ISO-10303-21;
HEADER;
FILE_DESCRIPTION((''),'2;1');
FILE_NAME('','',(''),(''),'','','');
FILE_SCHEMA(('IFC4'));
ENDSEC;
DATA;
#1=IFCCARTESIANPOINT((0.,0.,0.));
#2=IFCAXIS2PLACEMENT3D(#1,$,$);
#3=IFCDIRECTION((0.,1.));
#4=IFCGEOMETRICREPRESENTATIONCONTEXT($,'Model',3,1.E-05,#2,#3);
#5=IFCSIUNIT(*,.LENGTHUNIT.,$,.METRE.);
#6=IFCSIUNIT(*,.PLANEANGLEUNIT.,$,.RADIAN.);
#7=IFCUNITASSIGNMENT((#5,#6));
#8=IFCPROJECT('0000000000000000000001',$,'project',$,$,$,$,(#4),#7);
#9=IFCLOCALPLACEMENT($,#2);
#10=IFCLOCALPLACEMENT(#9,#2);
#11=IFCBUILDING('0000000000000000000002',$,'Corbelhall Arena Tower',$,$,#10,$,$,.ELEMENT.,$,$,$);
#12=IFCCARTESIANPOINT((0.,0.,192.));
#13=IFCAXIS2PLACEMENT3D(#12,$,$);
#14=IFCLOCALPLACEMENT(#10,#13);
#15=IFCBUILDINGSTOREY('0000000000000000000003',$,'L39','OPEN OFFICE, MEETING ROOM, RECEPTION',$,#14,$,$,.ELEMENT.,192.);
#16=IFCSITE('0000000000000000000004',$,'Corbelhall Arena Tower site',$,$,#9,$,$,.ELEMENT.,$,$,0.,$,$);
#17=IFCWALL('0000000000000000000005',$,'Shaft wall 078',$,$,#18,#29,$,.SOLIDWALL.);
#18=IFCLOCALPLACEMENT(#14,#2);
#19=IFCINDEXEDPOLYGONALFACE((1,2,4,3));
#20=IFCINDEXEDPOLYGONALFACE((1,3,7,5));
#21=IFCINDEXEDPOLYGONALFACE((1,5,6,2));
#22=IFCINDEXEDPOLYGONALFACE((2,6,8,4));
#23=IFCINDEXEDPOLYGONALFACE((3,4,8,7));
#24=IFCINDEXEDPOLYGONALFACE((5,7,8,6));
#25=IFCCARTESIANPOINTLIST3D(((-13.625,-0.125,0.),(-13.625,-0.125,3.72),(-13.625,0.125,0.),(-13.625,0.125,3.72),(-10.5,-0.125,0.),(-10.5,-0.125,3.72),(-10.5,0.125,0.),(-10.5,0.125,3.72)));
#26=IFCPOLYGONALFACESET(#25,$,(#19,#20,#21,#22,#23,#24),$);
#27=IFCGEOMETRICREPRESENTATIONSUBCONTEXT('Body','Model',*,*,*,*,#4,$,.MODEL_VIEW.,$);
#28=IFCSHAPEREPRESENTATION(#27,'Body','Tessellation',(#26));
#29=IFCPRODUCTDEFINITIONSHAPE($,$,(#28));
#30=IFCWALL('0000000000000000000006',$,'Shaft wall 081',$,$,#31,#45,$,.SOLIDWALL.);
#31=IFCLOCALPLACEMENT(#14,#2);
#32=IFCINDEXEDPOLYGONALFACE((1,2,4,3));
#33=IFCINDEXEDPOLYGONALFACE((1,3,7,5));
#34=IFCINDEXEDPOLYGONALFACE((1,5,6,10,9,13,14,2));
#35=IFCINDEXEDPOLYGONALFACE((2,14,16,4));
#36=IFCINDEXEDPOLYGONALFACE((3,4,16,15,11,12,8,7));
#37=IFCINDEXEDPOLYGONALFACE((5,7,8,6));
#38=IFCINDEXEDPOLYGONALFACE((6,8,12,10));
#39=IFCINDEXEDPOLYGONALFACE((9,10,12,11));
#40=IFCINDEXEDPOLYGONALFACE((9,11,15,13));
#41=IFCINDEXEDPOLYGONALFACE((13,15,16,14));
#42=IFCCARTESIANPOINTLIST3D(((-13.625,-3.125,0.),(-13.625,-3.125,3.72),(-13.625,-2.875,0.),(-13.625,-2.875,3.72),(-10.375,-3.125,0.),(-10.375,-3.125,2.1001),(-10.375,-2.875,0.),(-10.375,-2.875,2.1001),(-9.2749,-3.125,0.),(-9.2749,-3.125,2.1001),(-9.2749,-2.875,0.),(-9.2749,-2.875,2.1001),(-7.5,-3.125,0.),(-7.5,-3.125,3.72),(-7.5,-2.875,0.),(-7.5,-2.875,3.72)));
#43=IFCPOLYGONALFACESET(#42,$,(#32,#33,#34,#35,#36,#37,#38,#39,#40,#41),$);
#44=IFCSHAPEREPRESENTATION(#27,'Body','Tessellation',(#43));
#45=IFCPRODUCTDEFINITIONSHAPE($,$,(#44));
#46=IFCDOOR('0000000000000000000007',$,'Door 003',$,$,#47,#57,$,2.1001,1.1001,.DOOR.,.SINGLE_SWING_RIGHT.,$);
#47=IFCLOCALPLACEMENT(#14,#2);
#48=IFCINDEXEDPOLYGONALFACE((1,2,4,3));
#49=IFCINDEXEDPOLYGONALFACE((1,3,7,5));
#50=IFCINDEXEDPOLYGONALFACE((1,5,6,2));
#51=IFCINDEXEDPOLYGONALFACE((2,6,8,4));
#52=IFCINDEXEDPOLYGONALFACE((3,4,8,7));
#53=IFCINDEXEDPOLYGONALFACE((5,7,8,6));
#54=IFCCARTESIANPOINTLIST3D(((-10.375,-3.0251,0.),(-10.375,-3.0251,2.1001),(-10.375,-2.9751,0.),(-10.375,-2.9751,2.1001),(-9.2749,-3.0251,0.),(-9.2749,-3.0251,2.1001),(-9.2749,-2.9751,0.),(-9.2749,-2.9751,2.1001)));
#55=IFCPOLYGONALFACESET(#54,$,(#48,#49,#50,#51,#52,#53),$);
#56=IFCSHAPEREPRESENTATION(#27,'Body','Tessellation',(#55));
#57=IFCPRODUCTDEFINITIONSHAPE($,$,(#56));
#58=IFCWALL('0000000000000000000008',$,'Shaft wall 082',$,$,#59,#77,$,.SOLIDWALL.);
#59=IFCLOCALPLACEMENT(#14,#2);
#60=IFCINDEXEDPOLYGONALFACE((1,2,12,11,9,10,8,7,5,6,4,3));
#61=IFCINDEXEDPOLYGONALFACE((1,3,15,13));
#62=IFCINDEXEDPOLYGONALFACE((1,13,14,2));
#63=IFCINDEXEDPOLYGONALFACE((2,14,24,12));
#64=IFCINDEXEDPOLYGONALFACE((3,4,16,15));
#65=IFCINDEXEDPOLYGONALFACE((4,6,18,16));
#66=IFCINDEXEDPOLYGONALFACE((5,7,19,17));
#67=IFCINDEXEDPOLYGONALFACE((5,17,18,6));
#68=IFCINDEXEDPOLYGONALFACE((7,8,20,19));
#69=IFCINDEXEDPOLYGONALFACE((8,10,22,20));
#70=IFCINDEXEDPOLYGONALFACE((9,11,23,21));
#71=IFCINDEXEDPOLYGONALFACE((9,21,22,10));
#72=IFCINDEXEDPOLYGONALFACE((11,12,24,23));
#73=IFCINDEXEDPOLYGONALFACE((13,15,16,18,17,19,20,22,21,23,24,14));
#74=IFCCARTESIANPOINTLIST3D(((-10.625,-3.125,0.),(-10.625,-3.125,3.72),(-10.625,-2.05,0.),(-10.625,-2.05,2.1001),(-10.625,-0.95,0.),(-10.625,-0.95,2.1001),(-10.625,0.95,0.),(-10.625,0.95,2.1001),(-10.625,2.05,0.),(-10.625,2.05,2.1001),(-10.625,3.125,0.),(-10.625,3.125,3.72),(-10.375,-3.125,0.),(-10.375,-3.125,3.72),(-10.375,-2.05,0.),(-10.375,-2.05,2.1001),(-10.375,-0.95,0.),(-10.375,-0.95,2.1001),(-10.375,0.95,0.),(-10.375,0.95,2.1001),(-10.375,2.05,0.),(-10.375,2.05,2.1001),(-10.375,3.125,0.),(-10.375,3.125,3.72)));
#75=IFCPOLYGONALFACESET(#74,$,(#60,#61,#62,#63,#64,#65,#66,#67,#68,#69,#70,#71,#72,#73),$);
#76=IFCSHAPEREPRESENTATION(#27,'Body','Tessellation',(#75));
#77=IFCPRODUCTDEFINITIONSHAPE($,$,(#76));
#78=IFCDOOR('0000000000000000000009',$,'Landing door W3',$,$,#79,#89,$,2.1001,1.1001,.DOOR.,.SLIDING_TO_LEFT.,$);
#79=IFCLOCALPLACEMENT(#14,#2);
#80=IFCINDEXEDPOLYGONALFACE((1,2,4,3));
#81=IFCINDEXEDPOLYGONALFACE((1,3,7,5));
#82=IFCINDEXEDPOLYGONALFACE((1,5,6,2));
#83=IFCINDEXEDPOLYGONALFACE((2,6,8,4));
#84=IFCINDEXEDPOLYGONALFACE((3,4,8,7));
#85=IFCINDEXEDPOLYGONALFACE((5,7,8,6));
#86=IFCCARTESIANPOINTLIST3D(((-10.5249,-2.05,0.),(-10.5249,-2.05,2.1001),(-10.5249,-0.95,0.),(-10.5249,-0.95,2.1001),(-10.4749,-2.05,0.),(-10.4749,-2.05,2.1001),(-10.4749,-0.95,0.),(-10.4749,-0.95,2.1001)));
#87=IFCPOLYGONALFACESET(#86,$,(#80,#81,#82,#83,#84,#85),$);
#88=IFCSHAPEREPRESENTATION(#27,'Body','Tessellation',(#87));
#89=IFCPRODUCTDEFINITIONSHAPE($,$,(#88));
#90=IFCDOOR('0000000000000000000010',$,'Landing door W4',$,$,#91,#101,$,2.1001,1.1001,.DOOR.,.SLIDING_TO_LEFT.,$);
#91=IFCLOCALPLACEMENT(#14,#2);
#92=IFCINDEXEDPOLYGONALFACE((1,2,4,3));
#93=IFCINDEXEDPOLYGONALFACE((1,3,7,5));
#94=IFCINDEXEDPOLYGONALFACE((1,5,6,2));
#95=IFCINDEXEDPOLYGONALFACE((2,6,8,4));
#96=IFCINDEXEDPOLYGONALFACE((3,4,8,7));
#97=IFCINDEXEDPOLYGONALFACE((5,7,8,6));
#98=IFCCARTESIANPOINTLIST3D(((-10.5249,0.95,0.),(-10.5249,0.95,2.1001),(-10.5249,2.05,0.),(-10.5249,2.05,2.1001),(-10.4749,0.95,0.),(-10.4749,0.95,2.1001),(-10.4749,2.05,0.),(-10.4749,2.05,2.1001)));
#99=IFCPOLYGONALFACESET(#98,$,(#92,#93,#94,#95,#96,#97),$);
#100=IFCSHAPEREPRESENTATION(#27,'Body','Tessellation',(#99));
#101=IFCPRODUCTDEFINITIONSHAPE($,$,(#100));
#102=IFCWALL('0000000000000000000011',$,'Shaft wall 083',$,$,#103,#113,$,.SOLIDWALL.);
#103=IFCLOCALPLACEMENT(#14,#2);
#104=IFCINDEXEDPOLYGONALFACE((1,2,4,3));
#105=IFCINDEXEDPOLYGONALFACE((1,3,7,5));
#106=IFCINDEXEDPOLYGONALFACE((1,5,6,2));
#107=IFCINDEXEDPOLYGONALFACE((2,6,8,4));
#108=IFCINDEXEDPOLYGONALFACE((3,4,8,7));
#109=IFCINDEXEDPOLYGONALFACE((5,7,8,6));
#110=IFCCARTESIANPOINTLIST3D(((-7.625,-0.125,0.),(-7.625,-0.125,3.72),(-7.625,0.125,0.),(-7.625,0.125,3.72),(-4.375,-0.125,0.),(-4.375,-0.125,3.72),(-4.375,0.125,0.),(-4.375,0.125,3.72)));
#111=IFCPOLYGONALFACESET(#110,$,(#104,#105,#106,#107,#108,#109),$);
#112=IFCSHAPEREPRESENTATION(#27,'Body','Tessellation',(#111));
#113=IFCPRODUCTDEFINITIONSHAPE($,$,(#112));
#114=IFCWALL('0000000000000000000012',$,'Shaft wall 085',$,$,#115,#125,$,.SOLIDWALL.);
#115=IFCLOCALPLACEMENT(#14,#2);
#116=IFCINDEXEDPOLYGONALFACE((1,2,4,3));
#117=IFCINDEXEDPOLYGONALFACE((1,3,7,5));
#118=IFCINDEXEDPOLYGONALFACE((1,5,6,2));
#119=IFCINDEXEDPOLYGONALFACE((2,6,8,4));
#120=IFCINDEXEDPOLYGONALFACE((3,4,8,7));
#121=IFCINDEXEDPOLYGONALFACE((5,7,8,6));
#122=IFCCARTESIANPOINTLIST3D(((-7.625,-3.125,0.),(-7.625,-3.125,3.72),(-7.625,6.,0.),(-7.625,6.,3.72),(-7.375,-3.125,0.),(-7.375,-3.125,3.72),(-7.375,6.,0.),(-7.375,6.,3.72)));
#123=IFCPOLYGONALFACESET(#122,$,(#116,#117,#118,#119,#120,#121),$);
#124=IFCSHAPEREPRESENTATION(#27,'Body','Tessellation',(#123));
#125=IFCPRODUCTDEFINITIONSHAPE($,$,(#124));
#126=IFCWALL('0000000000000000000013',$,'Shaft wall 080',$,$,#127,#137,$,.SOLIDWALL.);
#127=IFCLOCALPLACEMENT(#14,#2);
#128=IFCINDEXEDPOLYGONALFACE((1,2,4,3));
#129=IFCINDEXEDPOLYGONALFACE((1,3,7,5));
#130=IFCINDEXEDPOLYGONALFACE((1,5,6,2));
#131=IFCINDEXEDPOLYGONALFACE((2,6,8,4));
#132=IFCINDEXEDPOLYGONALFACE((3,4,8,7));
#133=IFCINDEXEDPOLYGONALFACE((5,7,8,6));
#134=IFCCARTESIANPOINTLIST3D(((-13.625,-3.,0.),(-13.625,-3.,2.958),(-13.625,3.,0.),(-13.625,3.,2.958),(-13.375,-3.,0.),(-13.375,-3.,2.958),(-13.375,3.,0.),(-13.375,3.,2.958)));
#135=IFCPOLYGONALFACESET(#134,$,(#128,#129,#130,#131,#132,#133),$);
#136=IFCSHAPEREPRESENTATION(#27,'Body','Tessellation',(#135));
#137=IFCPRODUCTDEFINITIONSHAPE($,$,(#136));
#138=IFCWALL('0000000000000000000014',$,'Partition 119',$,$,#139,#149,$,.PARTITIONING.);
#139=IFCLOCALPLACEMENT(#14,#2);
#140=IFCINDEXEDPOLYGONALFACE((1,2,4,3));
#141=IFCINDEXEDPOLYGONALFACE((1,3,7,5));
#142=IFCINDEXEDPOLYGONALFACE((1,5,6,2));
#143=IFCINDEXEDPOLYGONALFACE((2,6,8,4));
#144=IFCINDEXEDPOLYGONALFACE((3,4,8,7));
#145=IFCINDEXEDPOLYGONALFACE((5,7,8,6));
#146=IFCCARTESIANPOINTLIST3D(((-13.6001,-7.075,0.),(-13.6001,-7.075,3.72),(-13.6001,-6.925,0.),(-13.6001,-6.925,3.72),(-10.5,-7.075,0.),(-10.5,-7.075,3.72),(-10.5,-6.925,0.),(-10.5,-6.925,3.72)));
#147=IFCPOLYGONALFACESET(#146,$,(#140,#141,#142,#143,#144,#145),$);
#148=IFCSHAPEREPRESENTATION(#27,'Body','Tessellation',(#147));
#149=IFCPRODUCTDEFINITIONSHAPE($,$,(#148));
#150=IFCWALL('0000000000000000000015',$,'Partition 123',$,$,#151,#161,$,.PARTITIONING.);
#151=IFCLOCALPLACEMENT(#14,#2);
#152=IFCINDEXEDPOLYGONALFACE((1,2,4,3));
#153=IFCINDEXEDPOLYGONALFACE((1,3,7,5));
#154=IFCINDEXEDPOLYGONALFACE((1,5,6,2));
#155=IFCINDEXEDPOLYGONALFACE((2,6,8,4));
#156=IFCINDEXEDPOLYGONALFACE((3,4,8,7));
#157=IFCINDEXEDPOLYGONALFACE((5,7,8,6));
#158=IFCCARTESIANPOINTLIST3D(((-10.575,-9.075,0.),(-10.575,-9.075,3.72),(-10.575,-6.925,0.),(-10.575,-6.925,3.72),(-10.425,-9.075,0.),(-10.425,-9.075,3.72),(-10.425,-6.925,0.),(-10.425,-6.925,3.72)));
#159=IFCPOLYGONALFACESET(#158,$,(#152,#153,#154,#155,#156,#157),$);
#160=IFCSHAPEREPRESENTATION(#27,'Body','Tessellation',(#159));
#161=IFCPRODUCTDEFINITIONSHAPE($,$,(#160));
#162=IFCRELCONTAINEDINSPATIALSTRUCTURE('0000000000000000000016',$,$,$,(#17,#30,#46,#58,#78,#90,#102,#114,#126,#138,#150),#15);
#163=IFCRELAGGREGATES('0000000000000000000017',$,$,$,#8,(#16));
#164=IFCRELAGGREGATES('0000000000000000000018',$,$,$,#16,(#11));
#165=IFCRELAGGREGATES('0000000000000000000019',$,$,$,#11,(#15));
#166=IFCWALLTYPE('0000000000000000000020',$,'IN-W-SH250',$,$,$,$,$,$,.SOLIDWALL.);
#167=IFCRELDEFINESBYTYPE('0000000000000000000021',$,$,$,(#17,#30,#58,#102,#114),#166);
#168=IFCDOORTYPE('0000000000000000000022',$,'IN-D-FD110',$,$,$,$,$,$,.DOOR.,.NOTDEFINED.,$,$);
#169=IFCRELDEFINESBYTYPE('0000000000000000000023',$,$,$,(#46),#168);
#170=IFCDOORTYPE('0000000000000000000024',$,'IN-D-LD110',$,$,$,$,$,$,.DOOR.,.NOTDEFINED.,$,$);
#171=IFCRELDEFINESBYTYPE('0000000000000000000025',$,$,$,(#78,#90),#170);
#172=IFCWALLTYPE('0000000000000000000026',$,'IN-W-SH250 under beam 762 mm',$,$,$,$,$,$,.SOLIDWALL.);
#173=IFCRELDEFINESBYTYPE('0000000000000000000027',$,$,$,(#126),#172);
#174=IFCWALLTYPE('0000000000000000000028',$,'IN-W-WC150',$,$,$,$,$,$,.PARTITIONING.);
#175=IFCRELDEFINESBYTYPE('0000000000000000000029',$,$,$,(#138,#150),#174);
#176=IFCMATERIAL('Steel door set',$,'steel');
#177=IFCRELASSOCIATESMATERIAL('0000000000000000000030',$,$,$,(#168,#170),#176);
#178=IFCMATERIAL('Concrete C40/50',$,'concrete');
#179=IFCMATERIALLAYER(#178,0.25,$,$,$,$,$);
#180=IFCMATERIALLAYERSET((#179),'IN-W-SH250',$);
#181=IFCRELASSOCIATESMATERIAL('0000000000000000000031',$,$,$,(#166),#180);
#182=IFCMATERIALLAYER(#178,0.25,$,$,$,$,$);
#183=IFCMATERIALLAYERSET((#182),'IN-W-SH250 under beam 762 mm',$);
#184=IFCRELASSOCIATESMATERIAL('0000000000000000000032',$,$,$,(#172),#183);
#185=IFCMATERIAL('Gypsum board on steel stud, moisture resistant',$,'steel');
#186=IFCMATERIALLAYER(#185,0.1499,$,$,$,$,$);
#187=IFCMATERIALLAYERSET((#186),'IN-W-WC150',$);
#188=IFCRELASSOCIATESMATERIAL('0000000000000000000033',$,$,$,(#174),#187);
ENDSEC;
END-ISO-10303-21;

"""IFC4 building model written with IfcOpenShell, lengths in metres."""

from ifc_helpers import new_model, si_unit, direction, frame, frame_2d, origin, place, context, subcontext, project, spatial, rectangle, extrude, material, layer, layer_set, type_object, element, fill, save


model = new_model("IFC4")

# Units and contexts
model_context = context("Model", 3, precision=1e-05, world=origin(), true_north=direction((0.0, 1.0)))
body_context = subcontext(model_context, "Body", "Model", "MODEL_VIEW")
ifc_project = project(units=[si_unit("LENGTHUNIT", "METRE"), si_unit("PLANEANGLEUNIT", "RADIAN")], contexts=[model_context])

# Site, building, storey
site_placement = place(None, origin())
site = spatial("IfcSite", under=ifc_project, at=site_placement, Name="Corbelhall Arena Tower site", CompositionType="ELEMENT", RefElevation=0.0)
building_placement = place(site_placement, origin())
building = spatial("IfcBuilding", under=site, at=building_placement, Name="Corbelhall Arena Tower", CompositionType="ELEMENT")
storey_placement = place(building_placement, frame((0.0, 0.0, 192.0)))
storey = spatial("IfcBuildingStorey", under=building, at=storey_placement, Name="L39", Description="OPEN OFFICE, MEETING ROOM, RECEPTION", CompositionType="ELEMENT", Elevation=192.0)

# Shared definitions
ifc_material_1 = material(Name="Steel door set", Category="steel")
door_type_1 = type_object("IfcDoorType", Name="IN-D-FD110", OperationType="NOTDEFINED", PredefinedType="DOOR", material=ifc_material_1)

# Wall
ifc_material_2 = material(Name="Concrete C40/50", Category="concrete")
ifc_layer_1 = layer(ifc_material_2, 0.25)
ifc_layer_set_1 = layer_set([ifc_layer_1], Name="IN-W-SH250")
wall_type_1 = type_object("IfcWallType", Name="IN-W-SH250", PredefinedType="SOLIDWALL", material=ifc_layer_set_1)
wall_1_placement = place(storey_placement, frame((-13.625, 0.0, 0.0), z_axis=(0.0, 0.0, 1.0), x_axis=(1.0, 0.0, 0.0)))
element("IfcWall", 1, at=wall_1_placement, inside=storey, type_object=wall_type_1, Name="Shaft wall 078", PredefinedType="SOLIDWALL", context=body_context, shape_type="SweptSolid", body=[
    extrude(rectangle(XDim=3.125, YDim=0.25, at=frame_2d((1.5625, 0.0))), origin(), (0.0, 0.0, 1.0), 3.72),
])

# Wall, opening, door
wall_2_placement = place(storey_placement, frame((-13.625, -3.0, 0.0), z_axis=(0.0, 0.0, 1.0), x_axis=(1.0, 0.0, 0.0)))
wall_2 = element("IfcWall", 2, at=wall_2_placement, inside=storey, type_object=wall_type_1, Name="Shaft wall 081", PredefinedType="SOLIDWALL", context=body_context, shape_type="SweptSolid", body=[
    extrude(rectangle(XDim=6.125, YDim=0.25, at=frame_2d((3.0625, 0.0))), origin(), (0.0, 0.0, 1.0), 3.72),
])
opening_1_placement = place(wall_2_placement, frame((3.25, 0.0, 0.0)))
opening_1 = element("IfcOpeningElement", 3, at=opening_1_placement, cuts=wall_2, PredefinedType="OPENING", context=body_context, shape_type="SweptSolid", body=[
    extrude(rectangle(XDim=1.1001, YDim=2.1001, at=frame_2d((0.55, 1.05))), frame((0.0, 0.125, 0.0), z_axis=(0.0, -1.0, 0.0), x_axis=(1.0, 0.0, 0.0)), (0.0, 0.0, 1.0), 0.25),
])
door_1_placement = place(opening_1_placement, origin())
door_1 = element("IfcDoor", 4, at=door_1_placement, inside=storey, type_object=door_type_1, Name="Door 003", OperationType="SINGLE_SWING_RIGHT", OverallHeight=2.1001, OverallWidth=1.1001, PredefinedType="DOOR", context=body_context, shape_type="SweptSolid", body=[
    extrude(rectangle(XDim=1.1001, YDim=2.1001, at=frame_2d((0.55, 1.05))), frame((0.0, 0.0249, 0.0), z_axis=(0.0, -1.0, 0.0), x_axis=(1.0, 0.0, 0.0)), (0.0, 0.0, 1.0), 0.05),
])
fill(opening_1, door_1)

# Wall, openings, doors
wall_3_placement = place(storey_placement, frame((-10.5, -3.125, 0.0), z_axis=(0.0, 0.0, 1.0), x_axis=(0.0, 1.0, 0.0)))
wall_3 = element("IfcWall", 5, at=wall_3_placement, inside=storey, type_object=wall_type_1, Name="Shaft wall 082", PredefinedType="SOLIDWALL", context=body_context, shape_type="SweptSolid", body=[
    extrude(rectangle(XDim=6.25, YDim=0.25, at=frame_2d((3.125, 0.0))), origin(), (0.0, 0.0, 1.0), 3.72),
])
opening_2_placement = place(wall_3_placement, frame((1.075, 0.0, 0.0)))
opening_2 = element("IfcOpeningElement", 6, at=opening_2_placement, cuts=wall_3, PredefinedType="OPENING", context=body_context, shape_type="SweptSolid", body=[
    extrude(rectangle(XDim=1.1001, YDim=2.1001, at=frame_2d((0.55, 1.05))), frame((0.0, 0.125, 0.0), z_axis=(0.0, -1.0, 0.0), x_axis=(1.0, 0.0, 0.0)), (0.0, 0.0, 1.0), 0.25),
])
opening_3_placement = place(wall_3_placement, frame((4.075, 0.0, 0.0)))
opening_3 = element("IfcOpeningElement", 7, at=opening_3_placement, cuts=wall_3, PredefinedType="OPENING", context=body_context, shape_type="SweptSolid", body=[
    extrude(rectangle(XDim=1.1001, YDim=2.1001, at=frame_2d((0.55, 1.05))), frame((0.0, 0.125, 0.0), z_axis=(0.0, -1.0, 0.0), x_axis=(1.0, 0.0, 0.0)), (0.0, 0.0, 1.0), 0.25),
])
door_type_2 = type_object("IfcDoorType", Name="IN-D-LD110", OperationType="NOTDEFINED", PredefinedType="DOOR", material=ifc_material_1)
door_2_placement = place(opening_2_placement, origin())
door_2 = element("IfcDoor", 8, at=door_2_placement, inside=storey, type_object=door_type_2, Name="Landing door W3", OperationType="SLIDING_TO_LEFT", OverallHeight=2.1001, OverallWidth=1.1001, PredefinedType="DOOR", context=body_context, shape_type="SweptSolid", body=[
    extrude(rectangle(XDim=1.1001, YDim=2.1001, at=frame_2d((0.55, 1.05))), frame((0.0, 0.0249, 0.0), z_axis=(0.0, -1.0, 0.0), x_axis=(1.0, 0.0, 0.0)), (0.0, 0.0, 1.0), 0.05),
])
fill(opening_2, door_2)
door_3_placement = place(opening_3_placement, origin())
door_3 = element("IfcDoor", 9, at=door_3_placement, inside=storey, type_object=door_type_2, Name="Landing door W4", OperationType="SLIDING_TO_LEFT", OverallHeight=2.1001, OverallWidth=1.1001, PredefinedType="DOOR", context=body_context, shape_type="SweptSolid", body=[
    extrude(rectangle(XDim=1.1001, YDim=2.1001, at=frame_2d((0.55, 1.05))), frame((0.0, 0.0249, 0.0), z_axis=(0.0, -1.0, 0.0), x_axis=(1.0, 0.0, 0.0)), (0.0, 0.0, 1.0), 0.05),
])
fill(opening_3, door_3)

# Walls
wall_4_placement = place(storey_placement, frame((-7.625, 0.0, 0.0), z_axis=(0.0, 0.0, 1.0), x_axis=(1.0, 0.0, 0.0)))
element("IfcWall", 10, at=wall_4_placement, inside=storey, type_object=wall_type_1, Name="Shaft wall 083", PredefinedType="SOLIDWALL", context=body_context, shape_type="SweptSolid", body=[
    extrude(rectangle(XDim=3.25, YDim=0.25, at=frame_2d((1.625, 0.0))), origin(), (0.0, 0.0, 1.0), 3.72),
])
wall_5_placement = place(storey_placement, frame((-7.5, -3.125, 0.0), z_axis=(0.0, 0.0, 1.0), x_axis=(0.0, 1.0, 0.0)))
element("IfcWall", 11, at=wall_5_placement, inside=storey, type_object=wall_type_1, Name="Shaft wall 085", PredefinedType="SOLIDWALL", context=body_context, shape_type="SweptSolid", body=[
    extrude(rectangle(XDim=9.125, YDim=0.25, at=frame_2d((4.5625, 0.0))), origin(), (0.0, 0.0, 1.0), 3.72),
])
ifc_layer_2 = layer(ifc_material_2, 0.25)
ifc_layer_set_2 = layer_set([ifc_layer_2], Name="IN-W-SH250 under beam 762 mm")
wall_type_2 = type_object("IfcWallType", Name="IN-W-SH250 under beam 762 mm", PredefinedType="SOLIDWALL", material=ifc_layer_set_2)
wall_6_placement = place(storey_placement, frame((-13.5, -3.0, 0.0), z_axis=(0.0, 0.0, 1.0), x_axis=(0.0, 1.0, 0.0)))
element("IfcWall", 12, at=wall_6_placement, inside=storey, type_object=wall_type_2, Name="Shaft wall 080", PredefinedType="SOLIDWALL", context=body_context, shape_type="SweptSolid", body=[
    extrude(rectangle(XDim=6.0, YDim=0.25, at=frame_2d((3.0, 0.0))), origin(), (0.0, 0.0, 1.0), 2.958),
])
ifc_material_3 = material(Name="Gypsum board on steel stud, moisture resistant", Category="steel")
ifc_layer_3 = layer(ifc_material_3, 0.1499)
ifc_layer_set_3 = layer_set([ifc_layer_3], Name="IN-W-WC150")
wall_type_3 = type_object("IfcWallType", Name="IN-W-WC150", PredefinedType="PARTITIONING", material=ifc_layer_set_3)
wall_7_placement = place(storey_placement, frame((-13.6001, -7.0, 0.0), z_axis=(0.0, 0.0, 1.0), x_axis=(1.0, 0.0, 0.0)))
element("IfcWall", 13, at=wall_7_placement, inside=storey, type_object=wall_type_3, Name="Partition 119", PredefinedType="PARTITIONING", context=body_context, shape_type="SweptSolid", body=[
    extrude(rectangle(XDim=3.1001, YDim=0.1499, at=frame_2d((1.55, 0.0))), origin(), (0.0, 0.0, 1.0), 3.72),
])
wall_8_placement = place(storey_placement, frame((-10.5, -9.075, 0.0), z_axis=(0.0, 0.0, 1.0), x_axis=(0.0, 1.0, 0.0)))
element("IfcWall", 14, at=wall_8_placement, inside=storey, type_object=wall_type_3, Name="Partition 123", PredefinedType="PARTITIONING", context=body_context, shape_type="SweptSolid", body=[
    extrude(rectangle(XDim=2.1499, YDim=0.1499, at=frame_2d((1.075, 0.0))), origin(), (0.0, 0.0, 1.0), 3.72),
])

save(model, "model.ifc")
